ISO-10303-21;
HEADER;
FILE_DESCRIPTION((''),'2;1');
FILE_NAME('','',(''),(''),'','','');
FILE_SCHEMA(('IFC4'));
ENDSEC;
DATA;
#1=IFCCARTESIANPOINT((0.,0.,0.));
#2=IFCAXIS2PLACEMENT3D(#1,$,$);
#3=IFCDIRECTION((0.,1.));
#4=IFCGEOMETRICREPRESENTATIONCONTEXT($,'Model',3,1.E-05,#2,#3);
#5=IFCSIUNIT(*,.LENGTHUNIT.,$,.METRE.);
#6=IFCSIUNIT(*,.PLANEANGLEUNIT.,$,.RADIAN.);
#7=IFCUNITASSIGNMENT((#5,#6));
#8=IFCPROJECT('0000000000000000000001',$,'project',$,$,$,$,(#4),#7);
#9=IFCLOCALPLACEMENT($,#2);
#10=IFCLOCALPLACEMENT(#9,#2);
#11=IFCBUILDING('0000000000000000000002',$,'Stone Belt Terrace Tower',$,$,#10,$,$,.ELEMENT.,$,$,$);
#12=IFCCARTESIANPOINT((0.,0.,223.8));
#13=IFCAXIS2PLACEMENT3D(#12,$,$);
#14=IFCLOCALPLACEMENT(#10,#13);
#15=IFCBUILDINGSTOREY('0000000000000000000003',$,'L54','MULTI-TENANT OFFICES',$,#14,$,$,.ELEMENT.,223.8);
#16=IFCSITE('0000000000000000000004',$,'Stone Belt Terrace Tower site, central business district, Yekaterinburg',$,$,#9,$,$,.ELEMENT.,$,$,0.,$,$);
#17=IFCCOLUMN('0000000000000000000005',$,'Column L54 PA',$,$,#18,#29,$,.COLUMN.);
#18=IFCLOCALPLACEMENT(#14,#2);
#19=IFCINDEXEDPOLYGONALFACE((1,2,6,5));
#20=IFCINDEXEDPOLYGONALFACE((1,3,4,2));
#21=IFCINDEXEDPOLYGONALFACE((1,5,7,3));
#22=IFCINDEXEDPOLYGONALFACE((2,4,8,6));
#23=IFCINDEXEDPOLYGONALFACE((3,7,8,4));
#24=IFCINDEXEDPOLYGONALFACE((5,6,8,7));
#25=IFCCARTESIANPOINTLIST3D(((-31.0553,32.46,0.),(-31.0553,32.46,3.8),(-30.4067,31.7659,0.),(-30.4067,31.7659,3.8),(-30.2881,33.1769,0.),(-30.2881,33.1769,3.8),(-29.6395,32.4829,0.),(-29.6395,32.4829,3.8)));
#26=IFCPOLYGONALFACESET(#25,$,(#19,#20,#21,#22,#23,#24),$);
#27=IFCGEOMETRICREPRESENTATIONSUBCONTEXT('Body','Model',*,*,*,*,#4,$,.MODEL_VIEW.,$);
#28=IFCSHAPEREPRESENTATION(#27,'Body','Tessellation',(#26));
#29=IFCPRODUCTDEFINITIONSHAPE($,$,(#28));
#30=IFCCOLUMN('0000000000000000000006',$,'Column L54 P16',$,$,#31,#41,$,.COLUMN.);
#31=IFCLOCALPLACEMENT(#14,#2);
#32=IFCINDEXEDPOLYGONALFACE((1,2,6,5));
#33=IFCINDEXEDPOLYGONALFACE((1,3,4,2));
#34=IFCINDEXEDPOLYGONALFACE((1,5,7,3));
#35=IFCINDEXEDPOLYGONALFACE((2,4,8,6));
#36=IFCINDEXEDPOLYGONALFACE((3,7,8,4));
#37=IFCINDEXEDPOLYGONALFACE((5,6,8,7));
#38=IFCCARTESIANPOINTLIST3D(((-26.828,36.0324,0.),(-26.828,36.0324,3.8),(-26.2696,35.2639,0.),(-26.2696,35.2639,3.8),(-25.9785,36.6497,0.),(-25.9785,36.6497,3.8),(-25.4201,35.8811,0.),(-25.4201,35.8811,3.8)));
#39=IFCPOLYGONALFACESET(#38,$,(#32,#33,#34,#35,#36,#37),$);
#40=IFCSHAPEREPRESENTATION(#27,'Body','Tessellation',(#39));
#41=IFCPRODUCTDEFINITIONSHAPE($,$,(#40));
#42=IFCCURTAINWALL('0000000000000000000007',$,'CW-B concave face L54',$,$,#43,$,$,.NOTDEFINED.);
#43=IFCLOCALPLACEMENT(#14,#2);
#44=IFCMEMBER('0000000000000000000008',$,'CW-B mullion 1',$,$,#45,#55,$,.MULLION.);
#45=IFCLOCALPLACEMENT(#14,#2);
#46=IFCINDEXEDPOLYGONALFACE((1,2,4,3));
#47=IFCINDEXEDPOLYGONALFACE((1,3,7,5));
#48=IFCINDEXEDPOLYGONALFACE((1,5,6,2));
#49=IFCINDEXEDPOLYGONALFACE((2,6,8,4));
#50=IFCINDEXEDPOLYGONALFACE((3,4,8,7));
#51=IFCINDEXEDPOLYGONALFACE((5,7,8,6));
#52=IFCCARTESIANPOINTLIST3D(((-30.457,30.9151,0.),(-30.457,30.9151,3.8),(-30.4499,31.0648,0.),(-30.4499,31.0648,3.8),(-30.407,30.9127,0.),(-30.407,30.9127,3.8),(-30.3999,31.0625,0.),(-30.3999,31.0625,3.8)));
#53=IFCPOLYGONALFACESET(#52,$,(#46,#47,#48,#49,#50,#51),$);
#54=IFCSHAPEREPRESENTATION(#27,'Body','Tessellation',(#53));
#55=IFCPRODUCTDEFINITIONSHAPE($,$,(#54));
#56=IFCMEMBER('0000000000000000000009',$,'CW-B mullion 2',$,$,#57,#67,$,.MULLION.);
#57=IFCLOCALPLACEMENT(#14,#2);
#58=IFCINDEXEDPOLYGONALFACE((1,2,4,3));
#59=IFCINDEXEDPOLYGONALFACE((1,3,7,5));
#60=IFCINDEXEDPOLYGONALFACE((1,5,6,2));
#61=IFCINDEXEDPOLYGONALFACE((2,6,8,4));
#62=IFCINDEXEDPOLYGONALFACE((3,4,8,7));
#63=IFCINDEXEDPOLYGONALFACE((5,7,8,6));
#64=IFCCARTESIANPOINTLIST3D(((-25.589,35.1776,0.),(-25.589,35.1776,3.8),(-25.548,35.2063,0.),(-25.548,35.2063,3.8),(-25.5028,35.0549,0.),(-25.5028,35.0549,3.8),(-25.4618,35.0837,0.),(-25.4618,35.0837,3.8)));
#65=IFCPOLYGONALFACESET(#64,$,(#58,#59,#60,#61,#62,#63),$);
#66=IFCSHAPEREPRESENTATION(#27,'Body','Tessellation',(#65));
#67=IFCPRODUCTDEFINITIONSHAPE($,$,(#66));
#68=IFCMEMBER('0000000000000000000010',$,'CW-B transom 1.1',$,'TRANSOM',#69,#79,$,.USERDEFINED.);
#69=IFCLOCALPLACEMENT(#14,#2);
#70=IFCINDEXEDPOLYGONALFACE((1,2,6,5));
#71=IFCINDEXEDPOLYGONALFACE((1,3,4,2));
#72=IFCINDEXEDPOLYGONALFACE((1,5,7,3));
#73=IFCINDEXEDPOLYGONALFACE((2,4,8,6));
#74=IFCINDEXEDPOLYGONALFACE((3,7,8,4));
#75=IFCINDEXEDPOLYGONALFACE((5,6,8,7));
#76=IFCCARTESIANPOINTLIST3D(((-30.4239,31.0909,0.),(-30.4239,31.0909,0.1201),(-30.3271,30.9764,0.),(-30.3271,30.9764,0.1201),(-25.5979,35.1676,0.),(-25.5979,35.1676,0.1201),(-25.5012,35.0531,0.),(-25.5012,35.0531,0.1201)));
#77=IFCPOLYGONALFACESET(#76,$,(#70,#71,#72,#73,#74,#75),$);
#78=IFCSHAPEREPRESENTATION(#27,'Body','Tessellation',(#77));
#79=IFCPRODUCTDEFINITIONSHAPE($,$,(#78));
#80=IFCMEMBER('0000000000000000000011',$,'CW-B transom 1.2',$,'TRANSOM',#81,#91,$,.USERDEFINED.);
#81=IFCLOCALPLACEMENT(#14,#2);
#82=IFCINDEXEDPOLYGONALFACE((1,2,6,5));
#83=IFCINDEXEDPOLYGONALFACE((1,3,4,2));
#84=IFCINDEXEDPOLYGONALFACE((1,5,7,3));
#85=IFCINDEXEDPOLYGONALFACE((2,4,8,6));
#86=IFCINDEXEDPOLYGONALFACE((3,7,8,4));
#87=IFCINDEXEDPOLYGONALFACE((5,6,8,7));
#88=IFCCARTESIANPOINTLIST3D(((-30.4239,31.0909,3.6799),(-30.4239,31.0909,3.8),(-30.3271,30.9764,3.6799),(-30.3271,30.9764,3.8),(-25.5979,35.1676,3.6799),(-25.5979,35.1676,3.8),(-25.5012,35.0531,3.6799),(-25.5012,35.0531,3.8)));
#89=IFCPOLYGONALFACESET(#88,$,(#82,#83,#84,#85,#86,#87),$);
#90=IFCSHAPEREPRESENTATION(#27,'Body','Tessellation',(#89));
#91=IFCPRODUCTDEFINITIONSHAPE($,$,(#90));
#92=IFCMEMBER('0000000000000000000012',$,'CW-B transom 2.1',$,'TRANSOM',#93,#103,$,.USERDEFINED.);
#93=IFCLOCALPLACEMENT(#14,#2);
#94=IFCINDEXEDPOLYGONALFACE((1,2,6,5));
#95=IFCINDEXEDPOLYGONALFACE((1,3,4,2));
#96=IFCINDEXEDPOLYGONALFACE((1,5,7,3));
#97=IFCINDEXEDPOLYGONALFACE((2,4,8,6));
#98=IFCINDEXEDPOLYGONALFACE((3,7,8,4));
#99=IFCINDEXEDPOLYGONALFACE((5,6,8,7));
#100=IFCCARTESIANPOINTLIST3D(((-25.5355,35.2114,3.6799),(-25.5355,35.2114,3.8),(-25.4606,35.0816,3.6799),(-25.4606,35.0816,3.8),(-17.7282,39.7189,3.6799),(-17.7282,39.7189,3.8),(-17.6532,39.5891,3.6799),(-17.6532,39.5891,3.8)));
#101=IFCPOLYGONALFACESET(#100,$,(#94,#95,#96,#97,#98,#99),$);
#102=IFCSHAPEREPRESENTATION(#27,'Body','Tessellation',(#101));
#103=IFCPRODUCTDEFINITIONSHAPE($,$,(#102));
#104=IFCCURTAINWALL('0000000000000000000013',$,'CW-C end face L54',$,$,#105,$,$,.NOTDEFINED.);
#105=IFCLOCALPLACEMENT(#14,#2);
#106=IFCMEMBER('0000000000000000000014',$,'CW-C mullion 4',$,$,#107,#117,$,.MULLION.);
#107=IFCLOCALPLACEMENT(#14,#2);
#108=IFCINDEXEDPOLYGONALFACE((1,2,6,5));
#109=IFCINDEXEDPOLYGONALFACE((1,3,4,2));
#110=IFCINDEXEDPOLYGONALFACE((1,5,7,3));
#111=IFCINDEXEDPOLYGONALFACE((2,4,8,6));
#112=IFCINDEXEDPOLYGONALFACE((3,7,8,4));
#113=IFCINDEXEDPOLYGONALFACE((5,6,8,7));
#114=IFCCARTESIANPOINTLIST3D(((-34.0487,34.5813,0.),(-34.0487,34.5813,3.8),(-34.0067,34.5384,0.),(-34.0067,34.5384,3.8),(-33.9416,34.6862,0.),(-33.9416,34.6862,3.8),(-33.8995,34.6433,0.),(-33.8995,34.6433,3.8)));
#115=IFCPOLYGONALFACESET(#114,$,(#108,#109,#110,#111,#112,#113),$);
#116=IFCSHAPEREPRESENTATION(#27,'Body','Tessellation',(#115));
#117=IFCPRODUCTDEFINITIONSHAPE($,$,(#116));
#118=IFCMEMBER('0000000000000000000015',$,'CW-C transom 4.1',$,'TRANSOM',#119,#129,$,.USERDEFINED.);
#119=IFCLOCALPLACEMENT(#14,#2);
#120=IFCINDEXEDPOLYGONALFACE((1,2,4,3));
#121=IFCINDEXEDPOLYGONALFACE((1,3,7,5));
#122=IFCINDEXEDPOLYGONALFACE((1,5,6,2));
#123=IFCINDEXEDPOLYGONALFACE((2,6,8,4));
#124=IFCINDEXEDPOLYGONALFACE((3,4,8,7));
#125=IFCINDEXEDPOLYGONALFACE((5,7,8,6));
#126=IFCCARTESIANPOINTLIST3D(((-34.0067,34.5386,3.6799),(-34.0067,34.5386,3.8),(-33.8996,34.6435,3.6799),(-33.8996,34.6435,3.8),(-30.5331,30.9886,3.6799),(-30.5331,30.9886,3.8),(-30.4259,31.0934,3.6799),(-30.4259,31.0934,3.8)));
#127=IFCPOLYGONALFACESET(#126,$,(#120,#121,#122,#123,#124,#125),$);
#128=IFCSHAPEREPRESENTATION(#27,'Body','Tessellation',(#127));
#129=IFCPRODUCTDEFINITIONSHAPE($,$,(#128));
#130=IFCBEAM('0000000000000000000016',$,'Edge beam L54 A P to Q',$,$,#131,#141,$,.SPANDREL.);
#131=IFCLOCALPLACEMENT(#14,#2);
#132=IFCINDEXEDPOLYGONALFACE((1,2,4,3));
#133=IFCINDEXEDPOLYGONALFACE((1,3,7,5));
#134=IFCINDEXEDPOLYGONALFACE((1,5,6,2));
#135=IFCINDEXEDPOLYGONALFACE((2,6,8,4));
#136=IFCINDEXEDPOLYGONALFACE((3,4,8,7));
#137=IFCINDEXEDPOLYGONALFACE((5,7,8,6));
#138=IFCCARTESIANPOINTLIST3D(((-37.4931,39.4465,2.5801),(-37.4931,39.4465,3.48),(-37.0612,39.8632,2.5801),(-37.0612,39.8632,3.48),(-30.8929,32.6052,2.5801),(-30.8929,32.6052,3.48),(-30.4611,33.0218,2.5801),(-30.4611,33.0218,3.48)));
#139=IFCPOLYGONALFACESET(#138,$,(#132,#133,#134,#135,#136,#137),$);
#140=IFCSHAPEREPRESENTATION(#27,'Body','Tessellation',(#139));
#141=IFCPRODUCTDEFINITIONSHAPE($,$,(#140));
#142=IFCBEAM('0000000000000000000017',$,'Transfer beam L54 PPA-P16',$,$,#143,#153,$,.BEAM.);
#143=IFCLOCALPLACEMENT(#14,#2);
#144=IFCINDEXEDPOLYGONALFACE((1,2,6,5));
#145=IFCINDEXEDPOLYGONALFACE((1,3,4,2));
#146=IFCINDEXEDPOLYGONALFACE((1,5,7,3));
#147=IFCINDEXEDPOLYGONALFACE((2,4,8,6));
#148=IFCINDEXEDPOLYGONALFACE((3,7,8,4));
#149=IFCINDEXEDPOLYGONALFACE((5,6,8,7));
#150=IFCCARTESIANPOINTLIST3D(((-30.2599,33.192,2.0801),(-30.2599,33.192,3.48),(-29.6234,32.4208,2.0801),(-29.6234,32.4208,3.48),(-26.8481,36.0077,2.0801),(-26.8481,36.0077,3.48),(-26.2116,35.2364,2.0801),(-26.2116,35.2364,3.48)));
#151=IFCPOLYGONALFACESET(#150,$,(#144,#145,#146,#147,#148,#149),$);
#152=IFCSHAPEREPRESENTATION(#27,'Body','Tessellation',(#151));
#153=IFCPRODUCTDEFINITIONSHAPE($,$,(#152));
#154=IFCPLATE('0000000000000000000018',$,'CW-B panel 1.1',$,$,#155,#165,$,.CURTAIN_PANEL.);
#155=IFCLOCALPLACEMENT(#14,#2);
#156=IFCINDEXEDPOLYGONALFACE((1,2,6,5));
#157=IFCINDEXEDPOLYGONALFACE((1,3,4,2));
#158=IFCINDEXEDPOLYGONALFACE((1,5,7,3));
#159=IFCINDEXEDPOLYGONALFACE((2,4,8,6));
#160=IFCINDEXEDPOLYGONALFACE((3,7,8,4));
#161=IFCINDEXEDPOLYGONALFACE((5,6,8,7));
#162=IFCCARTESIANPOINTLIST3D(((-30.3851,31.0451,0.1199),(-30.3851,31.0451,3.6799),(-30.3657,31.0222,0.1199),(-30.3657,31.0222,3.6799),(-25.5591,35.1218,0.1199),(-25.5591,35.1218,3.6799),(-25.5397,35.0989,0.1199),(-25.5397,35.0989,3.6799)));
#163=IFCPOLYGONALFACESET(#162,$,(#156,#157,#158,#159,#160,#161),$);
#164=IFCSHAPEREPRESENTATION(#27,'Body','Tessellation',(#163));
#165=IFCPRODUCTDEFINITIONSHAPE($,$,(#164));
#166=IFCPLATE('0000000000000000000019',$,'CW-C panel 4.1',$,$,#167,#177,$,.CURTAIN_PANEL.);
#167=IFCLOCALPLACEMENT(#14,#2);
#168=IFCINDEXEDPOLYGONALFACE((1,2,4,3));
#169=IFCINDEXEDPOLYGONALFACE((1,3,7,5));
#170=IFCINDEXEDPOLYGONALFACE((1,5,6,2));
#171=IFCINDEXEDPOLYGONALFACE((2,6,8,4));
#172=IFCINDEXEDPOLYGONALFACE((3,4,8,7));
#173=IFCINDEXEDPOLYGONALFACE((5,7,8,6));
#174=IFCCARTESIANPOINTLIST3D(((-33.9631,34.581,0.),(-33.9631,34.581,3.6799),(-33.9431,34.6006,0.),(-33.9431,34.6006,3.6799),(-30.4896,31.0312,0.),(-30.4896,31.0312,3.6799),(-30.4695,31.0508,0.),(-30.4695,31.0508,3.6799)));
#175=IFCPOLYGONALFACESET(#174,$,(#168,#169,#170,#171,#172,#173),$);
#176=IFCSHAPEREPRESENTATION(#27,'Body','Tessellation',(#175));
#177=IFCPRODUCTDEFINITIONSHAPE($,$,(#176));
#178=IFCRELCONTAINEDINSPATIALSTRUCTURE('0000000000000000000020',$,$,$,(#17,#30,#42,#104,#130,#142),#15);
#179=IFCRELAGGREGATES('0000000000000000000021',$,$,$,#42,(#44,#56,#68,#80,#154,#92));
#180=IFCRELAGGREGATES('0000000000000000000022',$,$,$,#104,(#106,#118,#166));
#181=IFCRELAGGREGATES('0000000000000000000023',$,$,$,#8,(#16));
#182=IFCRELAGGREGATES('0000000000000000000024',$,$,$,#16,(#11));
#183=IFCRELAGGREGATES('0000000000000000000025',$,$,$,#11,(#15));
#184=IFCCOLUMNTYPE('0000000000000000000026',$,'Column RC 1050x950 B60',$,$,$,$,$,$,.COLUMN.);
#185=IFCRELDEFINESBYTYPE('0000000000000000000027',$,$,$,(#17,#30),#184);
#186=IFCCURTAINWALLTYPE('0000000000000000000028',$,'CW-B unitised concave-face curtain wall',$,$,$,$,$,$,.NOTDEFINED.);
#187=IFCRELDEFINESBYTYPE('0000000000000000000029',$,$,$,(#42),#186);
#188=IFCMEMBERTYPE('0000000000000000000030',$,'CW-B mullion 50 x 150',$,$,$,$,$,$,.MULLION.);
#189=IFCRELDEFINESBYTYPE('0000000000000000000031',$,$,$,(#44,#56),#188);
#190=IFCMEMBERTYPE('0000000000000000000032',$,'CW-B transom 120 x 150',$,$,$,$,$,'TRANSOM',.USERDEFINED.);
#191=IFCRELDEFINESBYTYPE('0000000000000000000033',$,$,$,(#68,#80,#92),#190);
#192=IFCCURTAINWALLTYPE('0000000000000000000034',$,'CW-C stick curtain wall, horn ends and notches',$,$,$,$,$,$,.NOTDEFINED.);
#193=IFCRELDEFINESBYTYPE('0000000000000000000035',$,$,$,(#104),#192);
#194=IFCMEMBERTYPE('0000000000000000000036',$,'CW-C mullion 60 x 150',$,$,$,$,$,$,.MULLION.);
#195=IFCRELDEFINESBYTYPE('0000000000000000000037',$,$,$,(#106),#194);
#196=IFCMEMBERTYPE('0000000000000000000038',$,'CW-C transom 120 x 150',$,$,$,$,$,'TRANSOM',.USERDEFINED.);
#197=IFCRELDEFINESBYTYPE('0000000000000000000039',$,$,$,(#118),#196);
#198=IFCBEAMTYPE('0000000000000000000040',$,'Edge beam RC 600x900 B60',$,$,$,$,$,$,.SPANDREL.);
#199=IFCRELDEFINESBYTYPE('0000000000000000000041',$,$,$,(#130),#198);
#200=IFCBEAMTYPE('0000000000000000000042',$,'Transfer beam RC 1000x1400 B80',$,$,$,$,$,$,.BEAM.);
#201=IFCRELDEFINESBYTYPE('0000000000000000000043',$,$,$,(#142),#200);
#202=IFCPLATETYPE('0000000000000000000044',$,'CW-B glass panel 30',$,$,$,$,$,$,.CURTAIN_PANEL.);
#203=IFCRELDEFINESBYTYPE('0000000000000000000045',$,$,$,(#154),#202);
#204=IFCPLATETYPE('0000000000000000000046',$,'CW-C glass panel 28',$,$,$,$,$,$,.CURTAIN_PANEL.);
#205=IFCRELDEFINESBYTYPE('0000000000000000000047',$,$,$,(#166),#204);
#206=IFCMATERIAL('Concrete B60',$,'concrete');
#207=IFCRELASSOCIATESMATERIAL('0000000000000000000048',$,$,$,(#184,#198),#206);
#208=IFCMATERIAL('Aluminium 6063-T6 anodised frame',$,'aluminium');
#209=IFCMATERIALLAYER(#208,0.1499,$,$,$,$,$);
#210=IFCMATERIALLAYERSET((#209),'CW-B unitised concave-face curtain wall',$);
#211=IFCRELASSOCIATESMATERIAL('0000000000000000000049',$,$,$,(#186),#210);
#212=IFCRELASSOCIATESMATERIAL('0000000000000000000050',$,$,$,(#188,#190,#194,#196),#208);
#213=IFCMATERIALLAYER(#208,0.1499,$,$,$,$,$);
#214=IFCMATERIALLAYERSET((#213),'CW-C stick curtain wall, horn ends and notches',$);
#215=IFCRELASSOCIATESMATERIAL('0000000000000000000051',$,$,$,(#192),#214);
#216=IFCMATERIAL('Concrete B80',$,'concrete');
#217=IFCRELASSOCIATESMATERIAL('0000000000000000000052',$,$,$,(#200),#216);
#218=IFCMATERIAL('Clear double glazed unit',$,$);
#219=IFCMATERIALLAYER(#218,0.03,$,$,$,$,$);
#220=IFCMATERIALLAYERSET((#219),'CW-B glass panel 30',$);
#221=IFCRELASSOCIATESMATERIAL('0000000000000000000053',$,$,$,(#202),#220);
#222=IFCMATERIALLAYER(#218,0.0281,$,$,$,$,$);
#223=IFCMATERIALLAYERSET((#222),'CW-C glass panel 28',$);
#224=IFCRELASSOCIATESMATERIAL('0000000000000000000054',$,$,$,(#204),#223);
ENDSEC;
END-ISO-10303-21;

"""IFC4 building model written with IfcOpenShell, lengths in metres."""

from ifc_helpers import new_model, si_unit, direction, frame, origin, origin_2d, place, context, subcontext, project, spatial, rectangle, extrude, material, layer, layer_set, material_profile, profile_set, type_object, element, aggregate, save


model = new_model("IFC4")

# Units and contexts
model_context = context("Model", 3, precision=1e-05, world=origin(), true_north=direction((0.0, 1.0)))
body_context = subcontext(model_context, "Body", "Model", "MODEL_VIEW")
ifc_project = project(units=[si_unit("LENGTHUNIT", "METRE"), si_unit("PLANEANGLEUNIT", "RADIAN")], contexts=[model_context])

# Site, building, storey
site_placement = place(None, origin())
site = spatial("IfcSite", under=ifc_project, at=site_placement, Name="Stone Belt Terrace Tower site, central business district, Yekaterinburg", CompositionType="ELEMENT", RefElevation=0.0)
building_placement = place(site_placement, origin())
building = spatial("IfcBuilding", under=site, at=building_placement, Name="Stone Belt Terrace Tower", CompositionType="ELEMENT")
storey_placement = place(building_placement, frame((0.0, 0.0, 223.8)))
storey = spatial("IfcBuildingStorey", under=building, at=storey_placement, Name="L54", Description="MULTI-TENANT OFFICES", CompositionType="ELEMENT", Elevation=223.8)

# Columns
ifc_material_1 = material(Name="Concrete B60", Category="concrete")
ifc_material_profile_1 = material_profile(ifc_material_1, rectangle(XDim=1.05, YDim=0.95, at=origin_2d()), Name="RC 1050x950")
ifc_profile_set_1 = profile_set([ifc_material_profile_1], Name="Concrete B60")
column_type = type_object("IfcColumnType", Name="Column RC 1050x950 B60", PredefinedType="COLUMN", material=ifc_profile_set_1)
for number, where, z_axis, x_axis, name in (
    (1, (-30.3474, 32.4714, 0.0), (0.0, 0.0, 1.0), (0.7306, 0.682806, 0.0), "Column L54 PA"),
    (2, (-26.124, 35.9568, 0.0), (0.0, 0.0, 1.0), (0.809017, 0.587785, 0.0), "Column L54 P16"),
):
    element("IfcColumn", number, at=place(storey_placement, frame(where, z_axis=z_axis, x_axis=x_axis)), inside=storey, type_object=column_type, Name=name, PredefinedType="COLUMN", context=body_context, shape_type="SweptSolid", body=[
        extrude(rectangle(XDim=1.05, YDim=0.95, at=origin_2d()), origin(), (0.0, 0.0, 1.0), 3.8),
    ])

# Curtain walls, members
ifc_material_2 = material(Name="Aluminium 6063-T6 anodised frame", Category="aluminium")
ifc_layer_1 = layer(ifc_material_2, 0.1499)
ifc_layer_set_1 = layer_set([ifc_layer_1], Name="CW-B unitised concave-face curtain wall")
curtain_wall_type_1 = type_object("IfcCurtainWallType", Name="CW-B unitised concave-face curtain wall", PredefinedType="NOTDEFINED", material=ifc_layer_set_1)
curtain_wall_1_placement = place(storey_placement, origin())
curtain_wall_1 = element("IfcCurtainWall", 3, at=curtain_wall_1_placement, inside=storey, type_object=curtain_wall_type_1, Name="CW-B concave face L54", PredefinedType="NOTDEFINED")
ifc_material_profile_2 = material_profile(ifc_material_2, rectangle(XDim=0.1499, YDim=0.05, at=origin_2d()), Name="Aluminium 6063-T6 50x150")
ifc_profile_set_2 = profile_set([ifc_material_profile_2], Name="Aluminium 6063-T6 anodised frame")
member_type_1 = type_object("IfcMemberType", Name="CW-B mullion 50 x 150", PredefinedType="MULLION", material=ifc_profile_set_2)
member_1_placement = place(storey_placement, frame((-30.4285, 30.9888, 0.0), z_axis=(0.0, 0.0, 1.0), x_axis=(0.047392, 0.998876, 0.0)))
member_1 = element("IfcMember", 4, at=member_1_placement, type_object=member_type_1, Name="CW-B mullion 1", PredefinedType="MULLION", context=body_context, shape_type="SweptSolid", body=[
    extrude(rectangle(XDim=0.1499, YDim=0.05, at=origin_2d()), origin(), (0.0, 0.0, 1.0), 3.8),
])
member_2_placement = place(storey_placement, frame((-25.5254, 35.1306, 0.0), z_axis=(0.0, 0.0, 1.0), x_axis=(-0.574927, 0.818204, 0.0)))
member_2 = element("IfcMember", 5, at=member_2_placement, type_object=member_type_1, Name="CW-B mullion 2", PredefinedType="MULLION", context=body_context, shape_type="SweptSolid", body=[
    extrude(rectangle(XDim=0.1499, YDim=0.05, at=origin_2d()), origin(), (0.0, 0.0, 1.0), 3.8),
])
ifc_material_profile_3 = material_profile(ifc_material_2, rectangle(XDim=0.1499, YDim=0.1201, at=origin_2d()), Name="Aluminium 6063-T6 150x120")
ifc_profile_set_3 = profile_set([ifc_material_profile_3], Name="Aluminium 6063-T6 anodised frame")
member_type_2 = type_object("IfcMemberType", Name="CW-B transom 120 x 150", ElementType="TRANSOM", PredefinedType="USERDEFINED", material=ifc_profile_set_3)
member_3_placement = place(storey_placement, frame((-30.3755, 31.0337, 0.0601), z_axis=(0.763918, 0.645313, 0.0), x_axis=(-0.645313, 0.763918, 0.0)))
member_3 = element("IfcMember", 6, at=member_3_placement, type_object=member_type_2, Name="CW-B transom 1.1", ObjectType="TRANSOM", PredefinedType="USERDEFINED", context=body_context, shape_type="SweptSolid", body=[
    extrude(rectangle(XDim=0.1499, YDim=0.1201, at=origin_2d()), origin(), (0.0, 0.0, 1.0), 6.3174),
])
member_4_placement = place(storey_placement, frame((-30.3755, 31.0337, 3.74), z_axis=(0.763918, 0.645313, 0.0), x_axis=(-0.645313, 0.763918, 0.0)))
member_4 = element("IfcMember", 7, at=member_4_placement, type_object=member_type_2, Name="CW-B transom 1.2", ObjectType="TRANSOM", PredefinedType="USERDEFINED", context=body_context, shape_type="SweptSolid", body=[
    extrude(rectangle(XDim=0.1499, YDim=0.1201, at=origin_2d()), origin(), (0.0, 0.0, 1.0), 6.3174),
])
member_5_placement = place(storey_placement, frame((-25.498, 35.1465, 3.74), z_axis=(0.866026, 0.499998, 0.0), x_axis=(-0.499998, 0.866026, 0.0)))
member_5 = element("IfcMember", 8, at=member_5_placement, type_object=member_type_2, Name="CW-B transom 2.1", ObjectType="TRANSOM", PredefinedType="USERDEFINED", context=body_context, shape_type="SweptSolid", body=[
    extrude(rectangle(XDim=0.1499, YDim=0.1201, at=origin_2d()), origin(), (0.0, 0.0, 1.0), 9.0151),
])
ifc_layer_2 = layer(ifc_material_2, 0.1499)
ifc_layer_set_2 = layer_set([ifc_layer_2], Name="CW-C stick curtain wall, horn ends and notches")
curtain_wall_type_2 = type_object("IfcCurtainWallType", Name="CW-C stick curtain wall, horn ends and notches", PredefinedType="NOTDEFINED", material=ifc_layer_set_2)
curtain_wall_2_placement = place(storey_placement, origin())
curtain_wall_2 = element("IfcCurtainWall", 9, at=curtain_wall_2_placement, inside=storey, type_object=curtain_wall_type_2, Name="CW-C end face L54", PredefinedType="NOTDEFINED")
ifc_material_profile_4 = material_profile(ifc_material_2, rectangle(XDim=0.1499, YDim=0.0601, at=origin_2d()), Name="Aluminium 6063-T6 60x150")
ifc_profile_set_4 = profile_set([ifc_material_profile_4], Name="Aluminium 6063-T6 anodised frame")
member_type_3 = type_object("IfcMemberType", Name="CW-C mullion 60 x 150", PredefinedType="MULLION", material=ifc_profile_set_4)
member_6_placement = place(storey_placement, frame((-33.9741, 34.6123, 0.0), z_axis=(0.0, 0.0, 1.0), x_axis=(0.714739, 0.699391, 0.0)))
member_6 = element("IfcMember", 10, at=member_6_placement, type_object=member_type_3, Name="CW-C mullion 4", PredefinedType="MULLION", context=body_context, shape_type="SweptSolid", body=[
    extrude(rectangle(XDim=0.1499, YDim=0.0601, at=origin_2d()), origin(), (0.0, 0.0, 1.0), 3.8),
])
ifc_material_profile_5 = material_profile(ifc_material_2, rectangle(XDim=0.1499, YDim=0.1201, at=origin_2d()), Name="Aluminium 6063-T6 150x120")
ifc_profile_set_5 = profile_set([ifc_material_profile_5], Name="Aluminium 6063-T6 anodised frame")
member_type_4 = type_object("IfcMemberType", Name="CW-C transom 120 x 150", ElementType="TRANSOM", PredefinedType="USERDEFINED", material=ifc_profile_set_5)
member_7_placement = place(storey_placement, frame((-33.9531, 34.5911, 3.74), z_axis=(0.699372, -0.714758, 0.0), x_axis=(0.714758, 0.699372, 0.0)))
member_7 = element("IfcMember", 11, at=member_7_placement, type_object=member_type_4, Name="CW-C transom 4.1", ObjectType="TRANSOM", PredefinedType="USERDEFINED", context=body_context, shape_type="SweptSolid", body=[
    extrude(rectangle(XDim=0.1499, YDim=0.1201, at=origin_2d()), origin(), (0.0, 0.0, 1.0), 4.9668),
])

# Beams
ifc_material_profile_6 = material_profile(ifc_material_1, rectangle(XDim=0.6001, YDim=0.8999, at=origin_2d()), Name="RC 600x900")
ifc_profile_set_6 = profile_set([ifc_material_profile_6], Name="Concrete B60")
beam_type_1 = type_object("IfcBeamType", Name="Edge beam RC 600x900 B60", PredefinedType="SPANDREL", material=ifc_profile_set_6)
beam_1_placement = place(storey_placement, frame((-30.677, 32.8135, 3.03), z_axis=(-0.694306, 0.71968, 0.0), x_axis=(-0.71968, -0.694306, 0.0)))
element("IfcBeam", 12, at=beam_1_placement, inside=storey, type_object=beam_type_1, Name="Edge beam L54 A P to Q", PredefinedType="SPANDREL", context=body_context, shape_type="SweptSolid", body=[
    extrude(rectangle(XDim=0.6001, YDim=0.8999, at=origin_2d()), origin(), (0.0, 0.0, 1.0), 9.5061),
])
ifc_material_3 = material(Name="Concrete B80", Category="concrete")
ifc_material_profile_7 = material_profile(ifc_material_3, rectangle(XDim=1.0, YDim=1.3999, at=origin_2d()), Name="RC 1000x1400")
ifc_profile_set_7 = profile_set([ifc_material_profile_7], Name="Concrete B80")
beam_type_2 = type_object("IfcBeamType", Name="Transfer beam RC 1000x1400 B80", PredefinedType="BEAM", material=ifc_profile_set_7)
beam_2_placement = place(storey_placement, frame((-29.9417, 32.8064, 2.78), z_axis=(0.771275, 0.636502, 0.0), x_axis=(-0.636502, 0.771275, 0.0)))
element("IfcBeam", 13, at=beam_2_placement, inside=storey, type_object=beam_type_2, Name="Transfer beam L54 PPA-P16", PredefinedType="BEAM", context=body_context, shape_type="SweptSolid", body=[
    extrude(rectangle(XDim=1.0, YDim=1.3999, at=origin_2d()), origin(), (0.0, 0.0, 1.0), 4.4236),
])

# Plates
ifc_material_4 = material(Name="Clear double glazed unit")
ifc_layer_3 = layer(ifc_material_4, 0.03)
ifc_layer_set_3 = layer_set([ifc_layer_3], Name="CW-B glass panel 30")
plate_type_1 = type_object("IfcPlateType", Name="CW-B glass panel 30", PredefinedType="CURTAIN_PANEL", material=ifc_layer_set_3)
plate_1_placement = place(storey_placement, frame((-27.9624, 33.072, 0.1199), z_axis=(0.0, 0.0, 1.0), x_axis=(0.763919, 0.645312, 0.0)))
plate_1 = element("IfcPlate", 14, at=plate_1_placement, type_object=plate_type_1, Name="CW-B panel 1.1", PredefinedType="CURTAIN_PANEL", context=body_context, shape_type="SweptSolid", body=[
    extrude(rectangle(XDim=6.3174, YDim=0.03, at=origin_2d()), origin(), (0.0, 0.0, 1.0), 3.5601),
])
aggregate(curtain_wall_1, [member_1, member_2, member_3, member_4, plate_1, member_5])
ifc_layer_4 = layer(ifc_material_4, 0.0281)
ifc_layer_set_4 = layer_set([ifc_layer_4], Name="CW-C glass panel 28")
plate_type_2 = type_object("IfcPlateType", Name="CW-C glass panel 28", PredefinedType="CURTAIN_PANEL", material=ifc_layer_set_4)
plate_2_placement = place(storey_placement, frame((-32.2163, 32.8159, 0.0), z_axis=(0.0, 0.0, 1.0), x_axis=(0.699391, -0.714739, 0.0)))
plate_2 = element("IfcPlate", 15, at=plate_2_placement, type_object=plate_type_2, Name="CW-C panel 4.1", PredefinedType="CURTAIN_PANEL", context=body_context, shape_type="SweptSolid", body=[
    extrude(rectangle(XDim=4.9666, YDim=0.0281, at=origin_2d()), origin(), (0.0, 0.0, 1.0), 3.6799),
])
aggregate(curtain_wall_2, [member_6, member_7, plate_2])

save(model, "model.ifc")
